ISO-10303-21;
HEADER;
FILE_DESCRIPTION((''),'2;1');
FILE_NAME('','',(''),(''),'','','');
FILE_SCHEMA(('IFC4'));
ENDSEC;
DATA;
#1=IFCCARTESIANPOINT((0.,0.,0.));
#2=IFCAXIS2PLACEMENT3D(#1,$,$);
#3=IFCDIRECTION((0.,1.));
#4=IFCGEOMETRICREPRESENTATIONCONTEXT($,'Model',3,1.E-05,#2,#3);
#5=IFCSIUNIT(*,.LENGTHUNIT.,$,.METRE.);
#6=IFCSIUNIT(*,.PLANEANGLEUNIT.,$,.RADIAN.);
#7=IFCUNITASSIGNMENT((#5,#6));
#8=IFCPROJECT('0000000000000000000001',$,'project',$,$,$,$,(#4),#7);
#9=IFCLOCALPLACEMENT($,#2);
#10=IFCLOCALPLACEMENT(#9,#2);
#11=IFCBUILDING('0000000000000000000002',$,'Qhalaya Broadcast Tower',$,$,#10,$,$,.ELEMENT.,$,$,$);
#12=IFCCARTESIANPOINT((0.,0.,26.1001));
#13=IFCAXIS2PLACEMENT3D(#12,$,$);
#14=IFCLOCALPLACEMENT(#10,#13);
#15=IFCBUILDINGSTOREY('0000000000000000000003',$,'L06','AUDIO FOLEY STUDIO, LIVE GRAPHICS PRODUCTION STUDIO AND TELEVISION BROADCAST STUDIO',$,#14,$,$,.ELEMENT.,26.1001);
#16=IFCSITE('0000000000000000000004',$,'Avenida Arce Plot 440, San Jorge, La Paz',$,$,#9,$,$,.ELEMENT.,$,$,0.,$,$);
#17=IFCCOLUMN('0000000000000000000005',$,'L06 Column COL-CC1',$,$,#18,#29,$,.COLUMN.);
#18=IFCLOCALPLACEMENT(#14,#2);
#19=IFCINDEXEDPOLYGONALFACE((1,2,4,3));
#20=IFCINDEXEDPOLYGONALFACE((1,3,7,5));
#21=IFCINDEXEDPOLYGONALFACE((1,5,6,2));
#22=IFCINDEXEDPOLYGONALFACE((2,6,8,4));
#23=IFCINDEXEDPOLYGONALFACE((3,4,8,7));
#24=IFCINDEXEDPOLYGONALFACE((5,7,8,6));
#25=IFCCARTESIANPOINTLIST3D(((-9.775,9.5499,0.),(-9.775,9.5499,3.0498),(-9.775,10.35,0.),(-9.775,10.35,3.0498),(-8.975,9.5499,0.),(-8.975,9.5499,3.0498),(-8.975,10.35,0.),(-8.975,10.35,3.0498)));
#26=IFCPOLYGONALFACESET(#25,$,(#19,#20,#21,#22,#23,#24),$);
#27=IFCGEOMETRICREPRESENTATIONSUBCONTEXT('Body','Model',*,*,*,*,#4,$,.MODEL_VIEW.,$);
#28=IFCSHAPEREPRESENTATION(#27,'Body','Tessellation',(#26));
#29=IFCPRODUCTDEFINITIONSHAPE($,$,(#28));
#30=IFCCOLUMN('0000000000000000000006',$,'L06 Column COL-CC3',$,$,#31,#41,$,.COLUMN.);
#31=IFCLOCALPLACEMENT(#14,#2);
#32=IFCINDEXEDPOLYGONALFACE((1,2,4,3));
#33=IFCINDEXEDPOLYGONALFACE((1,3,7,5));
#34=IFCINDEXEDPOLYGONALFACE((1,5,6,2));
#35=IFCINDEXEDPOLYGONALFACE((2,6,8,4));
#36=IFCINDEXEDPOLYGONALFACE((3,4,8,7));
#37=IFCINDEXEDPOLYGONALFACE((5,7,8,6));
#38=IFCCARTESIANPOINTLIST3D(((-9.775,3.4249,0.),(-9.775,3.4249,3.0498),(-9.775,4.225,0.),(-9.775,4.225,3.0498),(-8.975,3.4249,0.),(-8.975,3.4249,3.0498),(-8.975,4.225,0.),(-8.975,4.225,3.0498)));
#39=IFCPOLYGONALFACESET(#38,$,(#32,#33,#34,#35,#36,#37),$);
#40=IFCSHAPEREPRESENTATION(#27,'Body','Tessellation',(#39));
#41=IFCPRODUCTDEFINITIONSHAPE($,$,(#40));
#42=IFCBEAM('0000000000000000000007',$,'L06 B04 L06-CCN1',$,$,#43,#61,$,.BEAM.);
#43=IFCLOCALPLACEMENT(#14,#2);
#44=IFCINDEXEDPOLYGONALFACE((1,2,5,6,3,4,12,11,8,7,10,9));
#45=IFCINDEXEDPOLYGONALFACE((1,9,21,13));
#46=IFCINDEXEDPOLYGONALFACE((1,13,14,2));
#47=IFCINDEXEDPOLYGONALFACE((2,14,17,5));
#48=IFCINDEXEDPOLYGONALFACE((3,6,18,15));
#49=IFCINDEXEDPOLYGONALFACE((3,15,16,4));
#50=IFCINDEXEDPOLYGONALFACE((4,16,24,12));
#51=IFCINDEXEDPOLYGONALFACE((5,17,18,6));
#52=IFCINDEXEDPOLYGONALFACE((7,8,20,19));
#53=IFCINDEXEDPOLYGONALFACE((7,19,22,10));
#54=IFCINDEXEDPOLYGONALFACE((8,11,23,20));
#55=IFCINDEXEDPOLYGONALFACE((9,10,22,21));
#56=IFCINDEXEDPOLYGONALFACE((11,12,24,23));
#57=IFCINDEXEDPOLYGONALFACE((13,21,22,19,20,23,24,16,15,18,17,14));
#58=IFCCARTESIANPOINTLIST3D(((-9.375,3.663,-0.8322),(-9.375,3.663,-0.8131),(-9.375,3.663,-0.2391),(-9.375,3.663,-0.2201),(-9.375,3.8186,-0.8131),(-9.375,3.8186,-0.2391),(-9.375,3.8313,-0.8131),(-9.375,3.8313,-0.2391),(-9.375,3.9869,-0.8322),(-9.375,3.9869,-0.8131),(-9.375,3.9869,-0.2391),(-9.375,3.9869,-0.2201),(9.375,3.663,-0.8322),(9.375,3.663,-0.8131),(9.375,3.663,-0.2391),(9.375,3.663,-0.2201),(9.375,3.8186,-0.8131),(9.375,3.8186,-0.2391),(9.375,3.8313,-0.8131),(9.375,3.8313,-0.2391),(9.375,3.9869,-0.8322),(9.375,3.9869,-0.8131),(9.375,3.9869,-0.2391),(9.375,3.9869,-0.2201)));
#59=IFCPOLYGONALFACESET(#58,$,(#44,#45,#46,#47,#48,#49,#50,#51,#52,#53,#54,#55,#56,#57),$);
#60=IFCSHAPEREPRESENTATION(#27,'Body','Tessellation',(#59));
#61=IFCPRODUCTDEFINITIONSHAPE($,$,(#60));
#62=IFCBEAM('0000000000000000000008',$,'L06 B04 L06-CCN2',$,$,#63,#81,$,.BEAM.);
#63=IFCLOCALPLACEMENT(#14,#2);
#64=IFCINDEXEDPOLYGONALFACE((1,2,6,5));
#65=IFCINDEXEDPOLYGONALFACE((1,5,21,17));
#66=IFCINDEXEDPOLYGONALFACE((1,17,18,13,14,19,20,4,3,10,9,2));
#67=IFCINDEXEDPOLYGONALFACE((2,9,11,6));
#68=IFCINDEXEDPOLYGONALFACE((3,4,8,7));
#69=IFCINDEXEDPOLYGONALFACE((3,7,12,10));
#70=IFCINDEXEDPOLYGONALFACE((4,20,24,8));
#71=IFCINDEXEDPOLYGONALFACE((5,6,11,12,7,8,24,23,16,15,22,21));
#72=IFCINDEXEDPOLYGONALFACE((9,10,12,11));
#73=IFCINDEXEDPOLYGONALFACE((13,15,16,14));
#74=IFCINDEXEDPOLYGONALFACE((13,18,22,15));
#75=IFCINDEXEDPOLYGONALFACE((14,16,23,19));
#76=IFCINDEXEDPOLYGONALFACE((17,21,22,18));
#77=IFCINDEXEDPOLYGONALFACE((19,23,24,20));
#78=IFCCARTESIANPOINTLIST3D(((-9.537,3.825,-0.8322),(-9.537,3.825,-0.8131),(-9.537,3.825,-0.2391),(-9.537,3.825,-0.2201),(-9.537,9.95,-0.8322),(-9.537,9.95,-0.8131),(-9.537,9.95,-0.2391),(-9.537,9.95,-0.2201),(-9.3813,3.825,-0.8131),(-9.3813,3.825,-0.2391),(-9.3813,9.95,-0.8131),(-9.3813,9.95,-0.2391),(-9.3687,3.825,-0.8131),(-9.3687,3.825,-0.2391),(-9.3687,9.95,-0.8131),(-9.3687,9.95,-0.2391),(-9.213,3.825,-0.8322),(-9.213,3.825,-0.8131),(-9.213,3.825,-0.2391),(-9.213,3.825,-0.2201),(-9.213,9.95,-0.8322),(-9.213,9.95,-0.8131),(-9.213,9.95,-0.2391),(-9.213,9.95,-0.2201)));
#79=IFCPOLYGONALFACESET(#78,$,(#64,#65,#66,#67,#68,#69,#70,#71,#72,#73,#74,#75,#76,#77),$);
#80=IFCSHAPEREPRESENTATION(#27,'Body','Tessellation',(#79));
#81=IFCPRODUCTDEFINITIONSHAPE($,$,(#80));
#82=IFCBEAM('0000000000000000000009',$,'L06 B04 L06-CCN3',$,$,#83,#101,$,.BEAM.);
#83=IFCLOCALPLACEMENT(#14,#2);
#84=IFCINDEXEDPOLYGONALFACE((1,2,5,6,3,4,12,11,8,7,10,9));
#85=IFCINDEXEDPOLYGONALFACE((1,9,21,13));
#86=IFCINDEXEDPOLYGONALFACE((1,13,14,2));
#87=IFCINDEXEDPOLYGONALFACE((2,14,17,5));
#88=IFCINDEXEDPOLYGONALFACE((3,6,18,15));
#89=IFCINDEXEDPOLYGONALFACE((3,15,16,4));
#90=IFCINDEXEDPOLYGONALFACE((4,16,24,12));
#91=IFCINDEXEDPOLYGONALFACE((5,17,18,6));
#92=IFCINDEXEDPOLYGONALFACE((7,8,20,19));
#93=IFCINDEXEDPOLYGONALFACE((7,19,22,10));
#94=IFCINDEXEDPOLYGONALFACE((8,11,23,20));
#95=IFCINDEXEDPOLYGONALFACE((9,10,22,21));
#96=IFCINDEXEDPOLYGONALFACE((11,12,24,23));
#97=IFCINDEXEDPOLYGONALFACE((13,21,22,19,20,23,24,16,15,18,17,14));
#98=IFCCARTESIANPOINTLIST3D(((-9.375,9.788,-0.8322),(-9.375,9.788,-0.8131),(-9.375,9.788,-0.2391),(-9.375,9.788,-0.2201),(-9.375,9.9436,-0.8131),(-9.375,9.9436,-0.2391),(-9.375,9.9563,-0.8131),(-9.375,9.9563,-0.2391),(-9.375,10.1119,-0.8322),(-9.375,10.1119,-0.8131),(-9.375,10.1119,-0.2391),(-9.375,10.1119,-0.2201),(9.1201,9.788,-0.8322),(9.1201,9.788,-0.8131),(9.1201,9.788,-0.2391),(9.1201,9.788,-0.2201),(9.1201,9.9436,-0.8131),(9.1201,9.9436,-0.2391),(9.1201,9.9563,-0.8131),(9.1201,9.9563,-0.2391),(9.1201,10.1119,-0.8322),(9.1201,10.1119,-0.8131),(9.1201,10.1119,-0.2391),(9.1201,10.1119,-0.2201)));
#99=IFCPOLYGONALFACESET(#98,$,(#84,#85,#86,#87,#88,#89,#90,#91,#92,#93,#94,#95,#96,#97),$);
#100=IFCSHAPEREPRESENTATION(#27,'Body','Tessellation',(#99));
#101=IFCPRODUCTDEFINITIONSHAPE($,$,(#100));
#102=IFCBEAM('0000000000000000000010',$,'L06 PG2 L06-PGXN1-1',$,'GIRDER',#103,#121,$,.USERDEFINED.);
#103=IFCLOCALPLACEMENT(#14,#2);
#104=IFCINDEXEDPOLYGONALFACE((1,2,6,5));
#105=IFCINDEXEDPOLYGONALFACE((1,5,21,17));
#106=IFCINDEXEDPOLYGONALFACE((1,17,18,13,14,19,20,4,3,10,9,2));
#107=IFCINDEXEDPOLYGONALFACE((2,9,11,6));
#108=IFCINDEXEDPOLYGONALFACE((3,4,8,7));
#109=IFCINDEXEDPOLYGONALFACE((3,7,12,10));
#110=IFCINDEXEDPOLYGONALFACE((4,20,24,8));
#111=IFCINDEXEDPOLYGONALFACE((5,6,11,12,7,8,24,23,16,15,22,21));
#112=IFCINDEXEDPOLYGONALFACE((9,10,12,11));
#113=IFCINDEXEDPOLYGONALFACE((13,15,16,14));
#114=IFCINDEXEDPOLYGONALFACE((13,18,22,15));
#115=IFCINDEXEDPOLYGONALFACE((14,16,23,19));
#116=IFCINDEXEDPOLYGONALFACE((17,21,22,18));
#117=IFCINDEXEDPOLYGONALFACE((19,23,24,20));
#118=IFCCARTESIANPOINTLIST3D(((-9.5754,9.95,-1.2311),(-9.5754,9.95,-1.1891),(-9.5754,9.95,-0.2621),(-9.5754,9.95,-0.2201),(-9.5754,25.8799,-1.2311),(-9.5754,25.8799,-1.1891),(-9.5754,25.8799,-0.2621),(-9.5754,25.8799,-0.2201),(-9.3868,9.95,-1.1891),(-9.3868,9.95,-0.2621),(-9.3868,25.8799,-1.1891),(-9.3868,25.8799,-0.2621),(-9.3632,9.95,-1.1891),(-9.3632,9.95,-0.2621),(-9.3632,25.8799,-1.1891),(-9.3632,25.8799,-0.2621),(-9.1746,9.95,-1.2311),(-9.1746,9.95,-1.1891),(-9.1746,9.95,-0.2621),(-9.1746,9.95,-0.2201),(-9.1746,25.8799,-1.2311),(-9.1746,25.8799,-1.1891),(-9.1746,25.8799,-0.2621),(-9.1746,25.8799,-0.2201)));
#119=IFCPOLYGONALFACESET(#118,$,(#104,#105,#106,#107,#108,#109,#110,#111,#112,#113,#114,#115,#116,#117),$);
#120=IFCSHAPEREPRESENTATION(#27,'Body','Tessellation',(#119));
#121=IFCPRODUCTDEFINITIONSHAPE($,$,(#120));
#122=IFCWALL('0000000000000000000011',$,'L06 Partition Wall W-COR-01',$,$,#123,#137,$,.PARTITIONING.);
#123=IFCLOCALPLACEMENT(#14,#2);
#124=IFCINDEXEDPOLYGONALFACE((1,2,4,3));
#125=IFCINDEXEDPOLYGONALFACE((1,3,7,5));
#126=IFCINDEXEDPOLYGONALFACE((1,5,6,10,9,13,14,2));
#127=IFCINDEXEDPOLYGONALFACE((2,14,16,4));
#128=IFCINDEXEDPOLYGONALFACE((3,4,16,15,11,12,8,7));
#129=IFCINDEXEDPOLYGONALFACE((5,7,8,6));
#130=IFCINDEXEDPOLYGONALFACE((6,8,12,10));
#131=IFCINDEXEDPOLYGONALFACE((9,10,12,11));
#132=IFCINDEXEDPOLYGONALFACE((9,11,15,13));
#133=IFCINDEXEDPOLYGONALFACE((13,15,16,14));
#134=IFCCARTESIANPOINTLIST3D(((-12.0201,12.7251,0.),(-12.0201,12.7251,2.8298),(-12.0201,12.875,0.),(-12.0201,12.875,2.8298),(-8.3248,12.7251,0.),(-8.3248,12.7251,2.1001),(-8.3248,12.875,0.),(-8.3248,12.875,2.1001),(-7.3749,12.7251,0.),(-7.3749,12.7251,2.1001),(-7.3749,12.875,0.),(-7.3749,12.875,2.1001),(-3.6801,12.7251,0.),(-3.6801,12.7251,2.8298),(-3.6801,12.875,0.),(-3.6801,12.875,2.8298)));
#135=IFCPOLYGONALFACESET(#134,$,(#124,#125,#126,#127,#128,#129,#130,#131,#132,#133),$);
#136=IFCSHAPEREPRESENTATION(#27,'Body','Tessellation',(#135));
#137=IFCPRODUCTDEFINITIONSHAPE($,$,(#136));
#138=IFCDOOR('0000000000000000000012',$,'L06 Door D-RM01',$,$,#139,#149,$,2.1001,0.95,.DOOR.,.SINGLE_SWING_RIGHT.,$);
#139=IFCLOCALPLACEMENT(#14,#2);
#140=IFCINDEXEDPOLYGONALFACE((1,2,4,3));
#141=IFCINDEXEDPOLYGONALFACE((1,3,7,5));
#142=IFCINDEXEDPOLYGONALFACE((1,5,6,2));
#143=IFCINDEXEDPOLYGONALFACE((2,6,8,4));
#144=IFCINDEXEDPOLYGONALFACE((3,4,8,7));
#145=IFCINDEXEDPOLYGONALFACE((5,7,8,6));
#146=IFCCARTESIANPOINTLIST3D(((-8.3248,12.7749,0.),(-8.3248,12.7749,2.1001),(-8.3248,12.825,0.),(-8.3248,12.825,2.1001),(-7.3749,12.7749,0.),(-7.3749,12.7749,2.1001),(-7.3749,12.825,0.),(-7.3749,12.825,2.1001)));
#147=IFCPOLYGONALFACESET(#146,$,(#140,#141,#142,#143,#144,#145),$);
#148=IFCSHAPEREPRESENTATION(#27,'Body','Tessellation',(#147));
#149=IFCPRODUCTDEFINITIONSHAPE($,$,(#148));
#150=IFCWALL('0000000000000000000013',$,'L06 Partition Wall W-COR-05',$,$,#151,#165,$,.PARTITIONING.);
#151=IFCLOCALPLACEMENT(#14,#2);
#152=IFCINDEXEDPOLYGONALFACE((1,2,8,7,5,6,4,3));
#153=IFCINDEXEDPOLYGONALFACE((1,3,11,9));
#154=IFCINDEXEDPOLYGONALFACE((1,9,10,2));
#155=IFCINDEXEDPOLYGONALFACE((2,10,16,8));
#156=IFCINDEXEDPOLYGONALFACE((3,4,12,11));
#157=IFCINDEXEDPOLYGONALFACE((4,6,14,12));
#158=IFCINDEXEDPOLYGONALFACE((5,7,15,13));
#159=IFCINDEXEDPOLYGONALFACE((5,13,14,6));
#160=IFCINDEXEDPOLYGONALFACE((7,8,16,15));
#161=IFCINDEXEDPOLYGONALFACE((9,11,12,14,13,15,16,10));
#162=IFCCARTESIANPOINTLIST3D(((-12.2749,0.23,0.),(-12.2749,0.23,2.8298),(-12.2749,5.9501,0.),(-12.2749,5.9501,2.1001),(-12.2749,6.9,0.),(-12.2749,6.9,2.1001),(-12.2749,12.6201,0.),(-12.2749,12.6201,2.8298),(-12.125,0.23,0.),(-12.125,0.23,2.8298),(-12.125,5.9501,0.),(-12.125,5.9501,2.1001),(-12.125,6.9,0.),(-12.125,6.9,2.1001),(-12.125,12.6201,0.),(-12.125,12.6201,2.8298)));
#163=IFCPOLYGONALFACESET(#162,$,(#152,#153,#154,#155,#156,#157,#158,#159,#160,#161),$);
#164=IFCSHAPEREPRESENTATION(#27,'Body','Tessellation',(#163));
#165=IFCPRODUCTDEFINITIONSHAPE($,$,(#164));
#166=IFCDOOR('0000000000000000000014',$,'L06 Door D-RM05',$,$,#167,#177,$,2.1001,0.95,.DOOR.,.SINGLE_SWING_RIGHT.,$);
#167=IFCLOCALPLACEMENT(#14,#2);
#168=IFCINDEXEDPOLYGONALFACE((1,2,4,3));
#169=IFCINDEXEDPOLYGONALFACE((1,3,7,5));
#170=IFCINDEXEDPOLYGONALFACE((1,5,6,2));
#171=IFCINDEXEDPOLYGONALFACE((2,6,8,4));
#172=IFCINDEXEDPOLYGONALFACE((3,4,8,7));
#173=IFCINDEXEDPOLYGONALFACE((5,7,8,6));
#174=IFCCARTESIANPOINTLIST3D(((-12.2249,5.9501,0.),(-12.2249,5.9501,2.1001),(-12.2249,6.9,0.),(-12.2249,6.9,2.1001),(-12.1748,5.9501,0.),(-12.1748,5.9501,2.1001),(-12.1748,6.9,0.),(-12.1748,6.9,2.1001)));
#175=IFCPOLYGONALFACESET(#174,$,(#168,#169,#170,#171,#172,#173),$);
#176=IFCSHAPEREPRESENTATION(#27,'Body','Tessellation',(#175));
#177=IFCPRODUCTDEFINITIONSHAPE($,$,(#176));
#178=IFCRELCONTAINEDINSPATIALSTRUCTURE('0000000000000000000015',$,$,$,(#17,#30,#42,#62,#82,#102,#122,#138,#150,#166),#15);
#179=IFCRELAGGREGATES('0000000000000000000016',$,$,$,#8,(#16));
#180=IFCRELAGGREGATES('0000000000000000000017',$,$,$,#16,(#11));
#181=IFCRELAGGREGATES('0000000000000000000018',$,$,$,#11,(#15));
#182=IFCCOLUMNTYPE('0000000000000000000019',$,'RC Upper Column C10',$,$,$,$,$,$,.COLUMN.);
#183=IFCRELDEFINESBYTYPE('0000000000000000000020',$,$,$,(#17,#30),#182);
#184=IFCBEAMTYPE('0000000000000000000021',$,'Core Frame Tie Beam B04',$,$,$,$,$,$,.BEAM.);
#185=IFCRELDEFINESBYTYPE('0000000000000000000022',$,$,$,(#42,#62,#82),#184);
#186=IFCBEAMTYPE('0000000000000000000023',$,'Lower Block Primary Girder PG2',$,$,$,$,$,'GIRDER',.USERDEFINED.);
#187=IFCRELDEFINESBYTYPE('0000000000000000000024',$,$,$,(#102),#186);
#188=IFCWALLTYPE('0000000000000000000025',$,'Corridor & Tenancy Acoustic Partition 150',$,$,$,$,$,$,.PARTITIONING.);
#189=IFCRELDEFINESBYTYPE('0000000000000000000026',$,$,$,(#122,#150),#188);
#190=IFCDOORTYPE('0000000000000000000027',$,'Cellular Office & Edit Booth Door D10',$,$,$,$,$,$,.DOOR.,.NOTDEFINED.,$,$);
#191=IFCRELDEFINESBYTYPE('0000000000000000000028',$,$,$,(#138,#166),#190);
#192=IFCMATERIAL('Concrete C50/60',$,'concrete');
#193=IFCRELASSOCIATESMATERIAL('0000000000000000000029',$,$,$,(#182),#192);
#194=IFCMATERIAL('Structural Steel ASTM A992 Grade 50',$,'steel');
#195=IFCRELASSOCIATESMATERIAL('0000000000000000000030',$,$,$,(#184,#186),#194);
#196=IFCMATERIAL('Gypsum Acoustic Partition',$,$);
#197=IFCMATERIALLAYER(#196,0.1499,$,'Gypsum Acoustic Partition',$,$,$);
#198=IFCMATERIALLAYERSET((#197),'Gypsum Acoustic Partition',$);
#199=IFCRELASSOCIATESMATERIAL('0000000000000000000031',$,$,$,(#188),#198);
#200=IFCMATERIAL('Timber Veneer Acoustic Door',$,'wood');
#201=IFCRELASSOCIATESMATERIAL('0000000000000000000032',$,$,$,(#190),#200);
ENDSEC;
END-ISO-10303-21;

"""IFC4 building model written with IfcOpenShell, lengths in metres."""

from ifc_helpers import new_model, si_unit, direction, frame, frame_2d, origin, origin_2d, place, context, subcontext, project, spatial, rectangle, i_section, extrude, material, layer, layer_set, material_profile, profile_set, type_object, element, fill, save


model = new_model("IFC4")

# Units and contexts
model_context = context("Model", 3, precision=1e-05, world=origin(), true_north=direction((0.0, 1.0)))
body_context = subcontext(model_context, "Body", "Model", "MODEL_VIEW")
ifc_project = project(units=[si_unit("LENGTHUNIT", "METRE"), si_unit("PLANEANGLEUNIT", "RADIAN")], contexts=[model_context])

# Site, building, storey
site_placement = place(None, origin())
site = spatial("IfcSite", under=ifc_project, at=site_placement, Name="Avenida Arce Plot 440, San Jorge, La Paz", CompositionType="ELEMENT", RefElevation=0.0)
building_placement = place(site_placement, origin())
building = spatial("IfcBuilding", under=site, at=building_placement, Name="Qhalaya Broadcast Tower", CompositionType="ELEMENT")
storey_placement = place(building_placement, frame((0.0, 0.0, 26.1001)))
storey = spatial("IfcBuildingStorey", under=building, at=storey_placement, Name="L06", Description="AUDIO FOLEY STUDIO, LIVE GRAPHICS PRODUCTION STUDIO AND TELEVISION BROADCAST STUDIO", CompositionType="ELEMENT", Elevation=26.1001)

# Columns
ifc_material_1 = material(Name="Concrete C50/60", Category="concrete")
ifc_material_profile_1 = material_profile(ifc_material_1, rectangle(XDim=0.8, YDim=0.8, at=origin_2d()), Name="RC-COL 800x800")
ifc_profile_set_1 = profile_set([ifc_material_profile_1], Name="Concrete C50/60")
column_type = type_object("IfcColumnType", Name="RC Upper Column C10", PredefinedType="COLUMN", material=ifc_profile_set_1)
for number, where, z_axis, x_axis, name in (
    (1, (-9.375, 9.95, 0.0), (0.0, 0.0, 1.0), (1.0, 0.0, 0.0), "L06 Column COL-CC1"),
    (2, (-9.375, 3.825, 0.0), (0.0, 0.0, 1.0), (1.0, 0.0, 0.0), "L06 Column COL-CC3"),
):
    element("IfcColumn", number, at=place(storey_placement, frame(where, z_axis=z_axis, x_axis=x_axis)), inside=storey, type_object=column_type, Name=name, PredefinedType="COLUMN", context=body_context, shape_type="SweptSolid", body=[
        extrude(rectangle(XDim=0.8, YDim=0.8, at=origin_2d()), origin(), (0.0, 0.0, 1.0), 3.0498),
    ])

# Beams
ifc_material_2 = material(Name="Structural Steel ASTM A992 Grade 50", Category="steel")
ifc_material_profile_2 = material_profile(ifc_material_2, i_section(OverallWidth=0.324, OverallDepth=0.6121, WebThickness=0.0127, FlangeThickness=0.019, at=origin_2d()), Name="W24X104")
ifc_profile_set_2 = profile_set([ifc_material_profile_2], Name="Structural Steel ASTM A992 Grade 50")
beam_type_1 = type_object("IfcBeamType", Name="Core Frame Tie Beam B04", PredefinedType="BEAM", material=ifc_profile_set_2)
beam_1_placement = place(storey_placement, frame((-9.375, 3.825, -0.5261), z_axis=(1.0, 0.0, 0.0), x_axis=(0.0, 1.0, 0.0)))
element("IfcBeam", 3, at=beam_1_placement, inside=storey, type_object=beam_type_1, Name="L06 B04 L06-CCN1", PredefinedType="BEAM", context=body_context, shape_type="SweptSolid", body=[
    extrude(i_section(OverallWidth=0.324, OverallDepth=0.6121, WebThickness=0.0127, FlangeThickness=0.019, at=origin_2d()), origin(), (0.0, 0.0, 1.0), 18.75),
])
beam_2_placement = place(storey_placement, frame((-9.375, 3.825, -0.5261), z_axis=(0.0, 1.0, 0.0), x_axis=(-1.0, 0.0, 0.0)))
element("IfcBeam", 4, at=beam_2_placement, inside=storey, type_object=beam_type_1, Name="L06 B04 L06-CCN2", PredefinedType="BEAM", context=body_context, shape_type="SweptSolid", body=[
    extrude(i_section(OverallWidth=0.324, OverallDepth=0.6121, WebThickness=0.0127, FlangeThickness=0.019, at=origin_2d()), origin(), (0.0, 0.0, 1.0), 6.125),
])
beam_3_placement = place(storey_placement, frame((-9.375, 9.95, -0.5261), z_axis=(1.0, 0.0, 0.0), x_axis=(0.0, 1.0, 0.0)))
element("IfcBeam", 5, at=beam_3_placement, inside=storey, type_object=beam_type_1, Name="L06 B04 L06-CCN3", PredefinedType="BEAM", context=body_context, shape_type="SweptSolid", body=[
    extrude(i_section(OverallWidth=0.324, OverallDepth=0.6121, WebThickness=0.0127, FlangeThickness=0.019, at=origin_2d()), origin(), (0.0, 0.0, 1.0), 18.4951),
])
ifc_material_profile_3 = material_profile(ifc_material_2, i_section(OverallWidth=0.4009, OverallDepth=1.011, WebThickness=0.0237, FlangeThickness=0.042, at=origin_2d()), Name="W40X297")
ifc_profile_set_3 = profile_set([ifc_material_profile_3], Name="Structural Steel ASTM A992 Grade 50")
beam_type_2 = type_object("IfcBeamType", Name="Lower Block Primary Girder PG2", ElementType="GIRDER", PredefinedType="USERDEFINED", material=ifc_profile_set_3)
beam_4_placement = place(storey_placement, frame((-9.375, 9.95, -0.7256), z_axis=(0.0, 1.0, 0.0), x_axis=(-1.0, 0.0, 0.0)))
element("IfcBeam", 6, at=beam_4_placement, inside=storey, type_object=beam_type_2, Name="L06 PG2 L06-PGXN1-1", ObjectType="GIRDER", PredefinedType="USERDEFINED", context=body_context, shape_type="SweptSolid", body=[
    extrude(i_section(OverallWidth=0.4009, OverallDepth=1.011, WebThickness=0.0237, FlangeThickness=0.042, at=origin_2d()), origin(), (0.0, 0.0, 1.0), 15.9299),
])

# Walls, openings, doors
ifc_material_3 = material(Name="Gypsum Acoustic Partition")
ifc_layer_1 = layer(ifc_material_3, 0.1499, Name="Gypsum Acoustic Partition")
ifc_layer_set_1 = layer_set([ifc_layer_1], Name="Gypsum Acoustic Partition")
wall_type_1 = type_object("IfcWallType", Name="Corridor & Tenancy Acoustic Partition 150", PredefinedType="PARTITIONING", material=ifc_layer_set_1)
wall_1_placement = place(storey_placement, frame((-12.02, 12.8, 0.0), z_axis=(0.0, 0.0, 1.0), x_axis=(1.0, 0.0, 0.0)))
wall_1 = element("IfcWall", 7, at=wall_1_placement, inside=storey, type_object=wall_type_1, Name="L06 Partition Wall W-COR-01", PredefinedType="PARTITIONING", context=body_context, shape_type="SweptSolid", body=[
    extrude(rectangle(XDim=8.3401, YDim=0.1499, at=frame_2d((4.1699, 0.0))), origin(), (0.0, 0.0, 1.0), 2.8298),
])
opening_1_placement = place(wall_1_placement, frame((3.6951, 0.0, 0.0)))
opening_1 = element("IfcOpeningElement", 8, at=opening_1_placement, cuts=wall_1, PredefinedType="OPENING", context=body_context, shape_type="SweptSolid", body=[
    extrude(rectangle(XDim=0.95, YDim=2.1001, at=frame_2d((0.4751, 1.05))), frame((0.0, 0.0869, 0.0), z_axis=(0.0, -1.0, 0.0), x_axis=(1.0, 0.0, 0.0)), (0.0, 0.0, 1.0), 0.1738),
])
ifc_material_4 = material(Name="Timber Veneer Acoustic Door", Category="wood")
door_type_1 = type_object("IfcDoorType", Name="Cellular Office & Edit Booth Door D10", OperationType="NOTDEFINED", PredefinedType="DOOR", material=ifc_material_4)
door_1_placement = place(opening_1_placement, origin())
door_1 = element("IfcDoor", 9, at=door_1_placement, inside=storey, type_object=door_type_1, Name="L06 Door D-RM01", OperationType="SINGLE_SWING_RIGHT", OverallHeight=2.1001, OverallWidth=0.95, PredefinedType="DOOR", context=body_context, shape_type="SweptSolid", body=[
    extrude(rectangle(XDim=0.95, YDim=2.1001, at=frame_2d((0.4751, 1.05))), frame((0.0, 0.0249, 0.0), z_axis=(0.0, -1.0, 0.0), x_axis=(1.0, 0.0, 0.0)), (0.0, 0.0, 1.0), 0.05),
])
fill(opening_1, door_1)
wall_2_placement = place(storey_placement, frame((-12.2, 0.23, 0.0), z_axis=(0.0, 0.0, 1.0), x_axis=(0.0, 1.0, 0.0)))
wall_2 = element("IfcWall", 10, at=wall_2_placement, inside=storey, type_object=wall_type_1, Name="L06 Partition Wall W-COR-05", PredefinedType="PARTITIONING", context=body_context, shape_type="SweptSolid", body=[
    extrude(rectangle(XDim=12.3901, YDim=0.1499, at=frame_2d((6.1951, 0.0))), origin(), (0.0, 0.0, 1.0), 2.8298),
])
opening_2_placement = place(wall_2_placement, frame((5.72, 0.0, 0.0)))
opening_2 = element("IfcOpeningElement", 11, at=opening_2_placement, cuts=wall_2, PredefinedType="OPENING", context=body_context, shape_type="SweptSolid", body=[
    extrude(rectangle(XDim=0.95, YDim=2.1001, at=frame_2d((0.4751, 1.05))), frame((0.0, 0.0869, 0.0), z_axis=(0.0, -1.0, 0.0), x_axis=(1.0, 0.0, 0.0)), (0.0, 0.0, 1.0), 0.1738),
])
door_2_placement = place(opening_2_placement, origin())
door_2 = element("IfcDoor", 12, at=door_2_placement, inside=storey, type_object=door_type_1, Name="L06 Door D-RM05", OperationType="SINGLE_SWING_RIGHT", OverallHeight=2.1001, OverallWidth=0.95, PredefinedType="DOOR", context=body_context, shape_type="SweptSolid", body=[
    extrude(rectangle(XDim=0.95, YDim=2.1001, at=frame_2d((0.4751, 1.05))), frame((0.0, 0.0249, 0.0), z_axis=(0.0, -1.0, 0.0), x_axis=(1.0, 0.0, 0.0)), (0.0, 0.0, 1.0), 0.05),
])
fill(opening_2, door_2)

save(model, "model.ifc")
